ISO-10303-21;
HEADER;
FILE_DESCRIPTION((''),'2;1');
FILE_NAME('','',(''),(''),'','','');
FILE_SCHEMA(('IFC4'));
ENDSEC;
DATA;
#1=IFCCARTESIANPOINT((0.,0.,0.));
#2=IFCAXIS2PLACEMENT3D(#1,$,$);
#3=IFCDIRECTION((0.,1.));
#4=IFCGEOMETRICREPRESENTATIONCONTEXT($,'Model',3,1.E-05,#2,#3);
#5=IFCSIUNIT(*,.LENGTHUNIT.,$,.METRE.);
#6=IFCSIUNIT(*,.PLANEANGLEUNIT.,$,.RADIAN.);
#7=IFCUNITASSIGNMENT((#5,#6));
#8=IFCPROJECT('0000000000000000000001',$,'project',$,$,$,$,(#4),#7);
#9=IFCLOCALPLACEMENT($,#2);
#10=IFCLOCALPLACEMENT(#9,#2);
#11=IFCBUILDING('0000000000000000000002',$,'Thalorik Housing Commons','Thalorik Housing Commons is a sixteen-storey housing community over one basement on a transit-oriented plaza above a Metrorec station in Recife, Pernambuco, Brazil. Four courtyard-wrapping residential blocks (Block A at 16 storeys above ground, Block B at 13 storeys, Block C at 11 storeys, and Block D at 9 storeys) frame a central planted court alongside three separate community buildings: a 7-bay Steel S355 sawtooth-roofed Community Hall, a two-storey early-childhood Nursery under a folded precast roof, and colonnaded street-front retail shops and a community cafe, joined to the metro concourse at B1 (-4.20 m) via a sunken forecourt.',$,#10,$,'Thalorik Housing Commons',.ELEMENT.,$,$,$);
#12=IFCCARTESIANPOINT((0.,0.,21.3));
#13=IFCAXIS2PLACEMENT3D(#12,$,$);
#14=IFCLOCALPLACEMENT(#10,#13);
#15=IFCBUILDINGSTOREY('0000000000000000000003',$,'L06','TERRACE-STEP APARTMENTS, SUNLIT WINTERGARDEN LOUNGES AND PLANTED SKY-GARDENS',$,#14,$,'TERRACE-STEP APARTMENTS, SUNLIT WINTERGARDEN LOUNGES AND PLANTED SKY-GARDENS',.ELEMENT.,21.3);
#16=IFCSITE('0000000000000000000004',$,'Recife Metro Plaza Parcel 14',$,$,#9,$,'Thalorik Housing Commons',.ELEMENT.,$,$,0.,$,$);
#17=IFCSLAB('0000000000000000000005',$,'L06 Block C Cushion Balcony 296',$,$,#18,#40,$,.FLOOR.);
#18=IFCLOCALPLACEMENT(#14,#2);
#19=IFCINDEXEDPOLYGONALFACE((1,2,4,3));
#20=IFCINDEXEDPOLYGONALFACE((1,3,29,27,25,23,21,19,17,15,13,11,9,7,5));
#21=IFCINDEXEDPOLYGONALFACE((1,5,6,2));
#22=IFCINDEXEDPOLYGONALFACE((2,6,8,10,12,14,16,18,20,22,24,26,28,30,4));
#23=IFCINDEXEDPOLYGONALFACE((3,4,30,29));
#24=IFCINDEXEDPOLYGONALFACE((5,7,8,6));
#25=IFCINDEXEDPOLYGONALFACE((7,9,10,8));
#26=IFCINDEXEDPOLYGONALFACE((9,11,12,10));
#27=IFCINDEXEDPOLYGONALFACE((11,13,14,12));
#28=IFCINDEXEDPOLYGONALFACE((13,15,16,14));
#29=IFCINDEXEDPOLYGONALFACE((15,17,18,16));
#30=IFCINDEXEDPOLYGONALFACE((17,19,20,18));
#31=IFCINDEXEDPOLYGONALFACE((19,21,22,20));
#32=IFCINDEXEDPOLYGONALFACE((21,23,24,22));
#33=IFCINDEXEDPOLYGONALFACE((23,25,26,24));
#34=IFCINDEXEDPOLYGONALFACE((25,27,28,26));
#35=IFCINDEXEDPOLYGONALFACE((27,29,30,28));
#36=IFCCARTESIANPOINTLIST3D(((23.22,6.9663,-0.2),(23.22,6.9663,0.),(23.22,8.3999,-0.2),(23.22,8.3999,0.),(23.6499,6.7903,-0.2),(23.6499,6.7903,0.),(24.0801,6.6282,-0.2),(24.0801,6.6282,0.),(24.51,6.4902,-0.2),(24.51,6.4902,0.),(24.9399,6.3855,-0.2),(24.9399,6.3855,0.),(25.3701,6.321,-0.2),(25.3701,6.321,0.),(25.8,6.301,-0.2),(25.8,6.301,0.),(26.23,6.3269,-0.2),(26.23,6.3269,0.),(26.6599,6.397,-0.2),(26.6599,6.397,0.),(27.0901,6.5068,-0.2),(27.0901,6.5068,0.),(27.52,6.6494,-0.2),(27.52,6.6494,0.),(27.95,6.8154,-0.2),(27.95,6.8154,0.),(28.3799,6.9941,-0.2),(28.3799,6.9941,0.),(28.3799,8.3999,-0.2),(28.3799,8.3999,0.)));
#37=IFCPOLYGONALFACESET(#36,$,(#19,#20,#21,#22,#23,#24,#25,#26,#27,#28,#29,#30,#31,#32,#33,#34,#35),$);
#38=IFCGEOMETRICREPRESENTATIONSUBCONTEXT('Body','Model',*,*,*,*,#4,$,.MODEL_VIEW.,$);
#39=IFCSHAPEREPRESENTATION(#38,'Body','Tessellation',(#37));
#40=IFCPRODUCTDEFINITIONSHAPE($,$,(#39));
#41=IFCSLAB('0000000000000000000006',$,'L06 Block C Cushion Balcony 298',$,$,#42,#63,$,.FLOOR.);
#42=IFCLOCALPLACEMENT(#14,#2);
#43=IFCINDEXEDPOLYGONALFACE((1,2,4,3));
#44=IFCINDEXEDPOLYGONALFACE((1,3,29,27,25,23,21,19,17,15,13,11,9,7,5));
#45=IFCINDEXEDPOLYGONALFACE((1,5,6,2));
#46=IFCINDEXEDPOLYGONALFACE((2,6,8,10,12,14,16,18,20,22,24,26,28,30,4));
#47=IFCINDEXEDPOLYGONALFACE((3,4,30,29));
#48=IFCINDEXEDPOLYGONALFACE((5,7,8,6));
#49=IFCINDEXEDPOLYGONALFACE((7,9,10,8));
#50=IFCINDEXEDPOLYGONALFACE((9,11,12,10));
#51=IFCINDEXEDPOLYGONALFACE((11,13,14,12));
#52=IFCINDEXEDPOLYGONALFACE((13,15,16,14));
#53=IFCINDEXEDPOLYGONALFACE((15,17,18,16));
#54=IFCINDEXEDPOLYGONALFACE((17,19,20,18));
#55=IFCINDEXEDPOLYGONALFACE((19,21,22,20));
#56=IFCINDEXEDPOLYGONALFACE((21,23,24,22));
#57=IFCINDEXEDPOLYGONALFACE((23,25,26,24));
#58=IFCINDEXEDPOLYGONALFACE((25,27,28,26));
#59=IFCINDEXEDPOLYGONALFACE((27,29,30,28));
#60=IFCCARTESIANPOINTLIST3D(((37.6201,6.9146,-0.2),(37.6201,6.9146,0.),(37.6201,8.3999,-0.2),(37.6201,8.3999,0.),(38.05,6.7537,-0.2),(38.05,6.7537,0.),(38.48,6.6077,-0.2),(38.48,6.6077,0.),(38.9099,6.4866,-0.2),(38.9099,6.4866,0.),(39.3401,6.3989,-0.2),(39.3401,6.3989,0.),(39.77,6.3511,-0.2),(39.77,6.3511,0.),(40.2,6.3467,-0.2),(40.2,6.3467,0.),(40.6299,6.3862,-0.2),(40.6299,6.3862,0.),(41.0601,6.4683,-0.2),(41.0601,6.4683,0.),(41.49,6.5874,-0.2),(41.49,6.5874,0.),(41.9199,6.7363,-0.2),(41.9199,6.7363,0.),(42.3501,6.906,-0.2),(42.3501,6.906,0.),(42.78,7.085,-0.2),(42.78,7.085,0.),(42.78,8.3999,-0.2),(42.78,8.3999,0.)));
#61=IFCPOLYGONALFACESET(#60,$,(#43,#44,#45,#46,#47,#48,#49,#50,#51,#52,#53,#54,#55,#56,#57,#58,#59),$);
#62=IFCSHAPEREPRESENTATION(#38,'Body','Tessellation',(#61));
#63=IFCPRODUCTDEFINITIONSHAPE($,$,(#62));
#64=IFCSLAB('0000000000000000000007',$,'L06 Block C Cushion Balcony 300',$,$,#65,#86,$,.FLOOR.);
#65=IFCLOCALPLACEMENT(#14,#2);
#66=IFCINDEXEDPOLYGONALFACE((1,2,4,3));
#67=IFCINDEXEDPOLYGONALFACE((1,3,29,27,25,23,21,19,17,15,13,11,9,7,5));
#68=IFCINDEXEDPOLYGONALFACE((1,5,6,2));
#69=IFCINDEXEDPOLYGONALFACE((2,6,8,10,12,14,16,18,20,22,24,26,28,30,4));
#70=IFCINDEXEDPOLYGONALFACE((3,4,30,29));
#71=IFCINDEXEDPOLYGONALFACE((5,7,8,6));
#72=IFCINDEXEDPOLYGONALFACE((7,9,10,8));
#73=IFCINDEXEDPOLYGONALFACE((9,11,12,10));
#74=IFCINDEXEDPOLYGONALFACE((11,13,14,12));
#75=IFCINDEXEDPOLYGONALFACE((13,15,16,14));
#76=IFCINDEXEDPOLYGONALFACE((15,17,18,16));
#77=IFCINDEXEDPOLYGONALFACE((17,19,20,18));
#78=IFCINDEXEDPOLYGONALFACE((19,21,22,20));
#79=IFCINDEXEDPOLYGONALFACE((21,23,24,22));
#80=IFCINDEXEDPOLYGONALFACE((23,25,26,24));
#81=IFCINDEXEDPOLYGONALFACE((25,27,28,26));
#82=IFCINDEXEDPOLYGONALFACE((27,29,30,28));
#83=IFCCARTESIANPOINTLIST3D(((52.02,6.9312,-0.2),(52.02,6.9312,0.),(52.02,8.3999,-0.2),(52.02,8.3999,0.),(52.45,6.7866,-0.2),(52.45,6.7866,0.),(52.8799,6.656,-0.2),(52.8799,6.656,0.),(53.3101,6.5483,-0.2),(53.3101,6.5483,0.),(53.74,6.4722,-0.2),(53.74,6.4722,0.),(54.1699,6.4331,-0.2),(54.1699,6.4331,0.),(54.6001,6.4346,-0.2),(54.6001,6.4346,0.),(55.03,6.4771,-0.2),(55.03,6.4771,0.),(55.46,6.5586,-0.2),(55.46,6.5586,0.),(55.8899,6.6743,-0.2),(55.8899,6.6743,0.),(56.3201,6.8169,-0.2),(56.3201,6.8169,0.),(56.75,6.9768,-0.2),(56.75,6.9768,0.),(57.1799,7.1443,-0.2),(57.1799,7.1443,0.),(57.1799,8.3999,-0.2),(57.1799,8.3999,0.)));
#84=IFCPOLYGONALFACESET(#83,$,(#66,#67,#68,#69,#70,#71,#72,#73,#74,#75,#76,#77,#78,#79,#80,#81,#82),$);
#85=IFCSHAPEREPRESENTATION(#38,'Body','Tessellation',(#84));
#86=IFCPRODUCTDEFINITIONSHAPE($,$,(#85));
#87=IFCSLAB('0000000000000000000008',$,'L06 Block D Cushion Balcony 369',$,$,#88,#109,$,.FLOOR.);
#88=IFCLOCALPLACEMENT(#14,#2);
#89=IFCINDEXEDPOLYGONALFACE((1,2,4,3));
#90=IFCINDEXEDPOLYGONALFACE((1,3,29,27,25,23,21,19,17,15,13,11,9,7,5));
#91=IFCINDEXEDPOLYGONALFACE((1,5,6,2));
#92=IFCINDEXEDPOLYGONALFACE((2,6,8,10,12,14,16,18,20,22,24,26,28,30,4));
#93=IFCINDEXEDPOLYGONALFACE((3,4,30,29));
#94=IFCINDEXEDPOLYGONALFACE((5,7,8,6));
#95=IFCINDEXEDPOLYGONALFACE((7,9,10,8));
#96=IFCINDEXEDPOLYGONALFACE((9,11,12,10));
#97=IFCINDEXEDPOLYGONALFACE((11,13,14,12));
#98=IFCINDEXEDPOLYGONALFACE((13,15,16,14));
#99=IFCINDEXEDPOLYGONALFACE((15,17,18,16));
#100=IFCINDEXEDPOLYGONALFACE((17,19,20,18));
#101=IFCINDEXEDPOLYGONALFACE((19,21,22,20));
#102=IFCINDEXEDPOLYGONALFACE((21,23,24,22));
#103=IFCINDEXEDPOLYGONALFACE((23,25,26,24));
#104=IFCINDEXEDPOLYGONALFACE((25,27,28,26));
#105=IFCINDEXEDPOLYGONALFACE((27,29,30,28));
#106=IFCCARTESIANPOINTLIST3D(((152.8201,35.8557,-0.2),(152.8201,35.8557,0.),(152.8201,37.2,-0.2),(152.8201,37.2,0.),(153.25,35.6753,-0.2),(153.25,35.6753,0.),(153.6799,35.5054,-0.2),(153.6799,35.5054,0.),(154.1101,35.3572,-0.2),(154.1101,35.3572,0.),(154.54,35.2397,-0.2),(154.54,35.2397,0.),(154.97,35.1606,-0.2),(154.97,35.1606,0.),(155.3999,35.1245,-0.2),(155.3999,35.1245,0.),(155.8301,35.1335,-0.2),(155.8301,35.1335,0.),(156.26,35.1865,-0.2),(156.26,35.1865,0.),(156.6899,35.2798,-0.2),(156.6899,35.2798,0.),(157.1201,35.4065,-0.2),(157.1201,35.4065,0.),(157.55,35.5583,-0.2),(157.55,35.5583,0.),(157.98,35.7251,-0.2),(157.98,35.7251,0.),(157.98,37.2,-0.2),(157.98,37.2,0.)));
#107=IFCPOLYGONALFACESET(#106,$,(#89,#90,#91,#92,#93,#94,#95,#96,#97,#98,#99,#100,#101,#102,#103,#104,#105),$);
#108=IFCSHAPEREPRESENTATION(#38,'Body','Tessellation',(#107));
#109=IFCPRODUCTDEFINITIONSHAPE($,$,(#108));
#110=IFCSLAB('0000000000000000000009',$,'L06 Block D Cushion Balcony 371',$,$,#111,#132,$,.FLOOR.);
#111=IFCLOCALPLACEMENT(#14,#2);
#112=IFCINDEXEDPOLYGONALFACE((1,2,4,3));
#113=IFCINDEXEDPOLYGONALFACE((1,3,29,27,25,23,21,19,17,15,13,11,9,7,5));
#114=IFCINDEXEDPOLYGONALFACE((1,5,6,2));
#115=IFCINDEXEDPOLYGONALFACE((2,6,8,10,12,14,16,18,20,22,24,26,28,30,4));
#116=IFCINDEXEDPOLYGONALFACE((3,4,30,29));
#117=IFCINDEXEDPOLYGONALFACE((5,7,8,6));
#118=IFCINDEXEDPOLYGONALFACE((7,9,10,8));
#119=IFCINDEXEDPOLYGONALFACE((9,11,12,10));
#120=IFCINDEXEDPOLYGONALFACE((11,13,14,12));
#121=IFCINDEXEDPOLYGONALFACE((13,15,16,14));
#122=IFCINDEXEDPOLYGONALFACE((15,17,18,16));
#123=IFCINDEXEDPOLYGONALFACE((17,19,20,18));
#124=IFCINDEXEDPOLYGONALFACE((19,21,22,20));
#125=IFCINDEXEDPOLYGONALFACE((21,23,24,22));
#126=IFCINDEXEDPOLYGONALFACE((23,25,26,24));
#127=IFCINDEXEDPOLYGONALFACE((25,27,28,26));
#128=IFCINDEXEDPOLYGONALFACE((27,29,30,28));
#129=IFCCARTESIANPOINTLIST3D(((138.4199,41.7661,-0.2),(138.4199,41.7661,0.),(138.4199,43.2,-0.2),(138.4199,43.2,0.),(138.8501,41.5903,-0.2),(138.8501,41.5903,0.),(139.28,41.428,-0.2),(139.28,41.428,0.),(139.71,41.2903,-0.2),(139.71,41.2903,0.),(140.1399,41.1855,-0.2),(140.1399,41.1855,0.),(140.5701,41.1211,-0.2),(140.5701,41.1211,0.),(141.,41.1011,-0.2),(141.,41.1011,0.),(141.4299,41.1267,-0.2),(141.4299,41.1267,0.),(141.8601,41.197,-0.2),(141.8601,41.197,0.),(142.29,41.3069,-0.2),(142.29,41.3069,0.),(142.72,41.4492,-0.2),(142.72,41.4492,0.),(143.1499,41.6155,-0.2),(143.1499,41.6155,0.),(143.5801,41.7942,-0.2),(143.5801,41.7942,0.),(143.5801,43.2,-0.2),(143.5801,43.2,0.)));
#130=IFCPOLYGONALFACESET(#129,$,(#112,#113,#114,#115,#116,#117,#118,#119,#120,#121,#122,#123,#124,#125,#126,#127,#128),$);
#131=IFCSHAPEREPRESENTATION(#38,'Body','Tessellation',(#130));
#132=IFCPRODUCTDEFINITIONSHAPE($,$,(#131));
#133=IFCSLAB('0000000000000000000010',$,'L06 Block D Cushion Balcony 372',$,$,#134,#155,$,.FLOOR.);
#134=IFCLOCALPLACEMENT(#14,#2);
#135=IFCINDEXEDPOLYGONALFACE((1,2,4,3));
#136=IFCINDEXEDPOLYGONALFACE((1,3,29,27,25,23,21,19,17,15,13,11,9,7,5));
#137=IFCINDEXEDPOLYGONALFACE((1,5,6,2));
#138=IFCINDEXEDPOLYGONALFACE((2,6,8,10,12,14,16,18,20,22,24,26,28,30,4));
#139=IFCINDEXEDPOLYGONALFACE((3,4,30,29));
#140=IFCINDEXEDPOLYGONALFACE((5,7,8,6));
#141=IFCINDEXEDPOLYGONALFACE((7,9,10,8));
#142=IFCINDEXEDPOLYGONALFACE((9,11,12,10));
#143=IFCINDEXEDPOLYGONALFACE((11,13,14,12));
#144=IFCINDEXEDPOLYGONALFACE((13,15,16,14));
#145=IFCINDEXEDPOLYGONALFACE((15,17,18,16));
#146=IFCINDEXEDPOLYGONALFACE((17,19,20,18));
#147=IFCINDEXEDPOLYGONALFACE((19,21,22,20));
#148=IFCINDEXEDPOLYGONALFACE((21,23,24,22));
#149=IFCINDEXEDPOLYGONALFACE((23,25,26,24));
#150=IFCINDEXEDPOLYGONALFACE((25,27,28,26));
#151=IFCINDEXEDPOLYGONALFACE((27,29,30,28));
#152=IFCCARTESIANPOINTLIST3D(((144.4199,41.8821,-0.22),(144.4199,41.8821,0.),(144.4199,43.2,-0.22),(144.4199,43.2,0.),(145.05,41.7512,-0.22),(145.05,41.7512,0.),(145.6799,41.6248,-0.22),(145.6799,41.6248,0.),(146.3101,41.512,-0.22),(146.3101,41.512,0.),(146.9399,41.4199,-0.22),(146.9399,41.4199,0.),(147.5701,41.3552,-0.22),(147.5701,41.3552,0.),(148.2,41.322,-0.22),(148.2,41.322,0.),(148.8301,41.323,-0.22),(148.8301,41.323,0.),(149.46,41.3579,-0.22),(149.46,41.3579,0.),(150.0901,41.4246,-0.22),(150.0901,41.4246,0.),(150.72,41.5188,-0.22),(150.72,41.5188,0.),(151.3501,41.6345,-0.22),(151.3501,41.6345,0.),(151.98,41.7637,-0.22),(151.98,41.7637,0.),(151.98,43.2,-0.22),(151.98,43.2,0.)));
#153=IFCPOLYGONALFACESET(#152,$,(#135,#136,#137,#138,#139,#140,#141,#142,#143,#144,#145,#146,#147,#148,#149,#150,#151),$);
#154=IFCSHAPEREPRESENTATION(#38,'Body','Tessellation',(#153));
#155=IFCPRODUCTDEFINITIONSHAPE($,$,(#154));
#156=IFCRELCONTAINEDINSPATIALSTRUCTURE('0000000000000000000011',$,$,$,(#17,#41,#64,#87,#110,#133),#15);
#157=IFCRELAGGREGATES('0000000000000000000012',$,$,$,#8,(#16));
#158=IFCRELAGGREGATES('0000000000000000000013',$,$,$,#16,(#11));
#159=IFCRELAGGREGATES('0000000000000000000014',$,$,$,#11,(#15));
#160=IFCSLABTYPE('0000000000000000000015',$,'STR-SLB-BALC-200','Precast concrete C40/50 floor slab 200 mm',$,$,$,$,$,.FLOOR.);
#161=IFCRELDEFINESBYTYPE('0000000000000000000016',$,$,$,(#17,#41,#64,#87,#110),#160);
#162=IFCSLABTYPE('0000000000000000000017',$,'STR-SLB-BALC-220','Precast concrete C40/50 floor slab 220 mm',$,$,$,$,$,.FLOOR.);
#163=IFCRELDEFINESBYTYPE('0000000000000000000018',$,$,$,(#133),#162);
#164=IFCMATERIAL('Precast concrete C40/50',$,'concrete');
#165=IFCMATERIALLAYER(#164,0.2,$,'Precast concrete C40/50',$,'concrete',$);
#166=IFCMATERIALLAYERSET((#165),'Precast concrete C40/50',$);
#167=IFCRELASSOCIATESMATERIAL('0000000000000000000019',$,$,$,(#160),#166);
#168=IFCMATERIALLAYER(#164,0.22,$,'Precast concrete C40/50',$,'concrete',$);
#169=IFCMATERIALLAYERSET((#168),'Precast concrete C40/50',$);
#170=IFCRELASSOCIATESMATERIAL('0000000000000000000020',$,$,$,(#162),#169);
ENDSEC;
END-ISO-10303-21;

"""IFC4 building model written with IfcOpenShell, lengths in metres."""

from ifc_helpers import new_model, si_unit, direction, frame, origin, place, context, subcontext, project, spatial, polyline, outline, extrude, material, layer, layer_set, type_object, element, save


model = new_model("IFC4")

# Units and contexts
model_context = context("Model", 3, precision=1e-05, world=origin(), true_north=direction((0.0, 1.0)))
body_context = subcontext(model_context, "Body", "Model", "MODEL_VIEW")
ifc_project = project(units=[si_unit("LENGTHUNIT", "METRE"), si_unit("PLANEANGLEUNIT", "RADIAN")], contexts=[model_context])

# Site, building, storey
site_placement = place(None, origin())
site = spatial("IfcSite", under=ifc_project, at=site_placement, Name="Recife Metro Plaza Parcel 14", LongName="Thalorik Housing Commons", CompositionType="ELEMENT", RefElevation=0.0)
building_placement = place(site_placement, origin())
building = spatial("IfcBuilding", under=site, at=building_placement, Name="Thalorik Housing Commons", Description="Thalorik Housing Commons is a sixteen-storey housing community over one basement on a transit-oriented plaza above a Metrorec station in Recife, Pernambuco, Brazil. Four courtyard-wrapping residential blocks (Block A at 16 storeys above ground, Block B at 13 storeys, Block C at 11 storeys, and Block D at 9 storeys) frame a central planted court alongside three separate community buildings: a 7-bay Steel S355 sawtooth-roofed Community Hall, a two-storey early-childhood Nursery under a folded precast roof, and colonnaded street-front retail shops and a community cafe, joined to the metro concourse at B1 (-4.20 m) via a sunken forecourt.", LongName="Thalorik Housing Commons", CompositionType="ELEMENT")
storey_placement = place(building_placement, frame((0.0, 0.0, 21.3)))
storey = spatial("IfcBuildingStorey", under=building, at=storey_placement, Name="L06", Description="TERRACE-STEP APARTMENTS, SUNLIT WINTERGARDEN LOUNGES AND PLANTED SKY-GARDENS", LongName="TERRACE-STEP APARTMENTS, SUNLIT WINTERGARDEN LOUNGES AND PLANTED SKY-GARDENS", CompositionType="ELEMENT", Elevation=21.3)

# Slabs
ifc_material_1 = material(Name="Precast concrete C40/50", Category="concrete")
ifc_layer_1 = layer(ifc_material_1, 0.2, Name="Precast concrete C40/50", Category="concrete")
ifc_layer_set_1 = layer_set([ifc_layer_1], Name="Precast concrete C40/50")
slab_type_1 = type_object("IfcSlabType", Name="STR-SLB-BALC-200", Description="Precast concrete C40/50 floor slab 200 mm", PredefinedType="FLOOR", material=ifc_layer_set_1)
slab_1_placement = place(storey_placement, frame((0.0, 0.0, -0.2)))
element("IfcSlab", 1, at=slab_1_placement, inside=storey, type_object=slab_type_1, Name="L06 Block C Cushion Balcony 296", PredefinedType="FLOOR", context=body_context, shape_type="SweptSolid", body=[
    extrude(outline(polyline([(23.22, 6.9663), (23.6499, 6.7903), (24.0801, 6.6282), (24.51, 6.4902), (24.9399, 6.3855), (25.3701, 6.321), (25.8, 6.301), (26.23, 6.3269), (26.6599, 6.397), (27.0901, 6.5068), (27.52, 6.6494), (27.95, 6.8154), (28.3799, 6.9941), (28.3799, 8.3999), (23.22, 8.3999), (23.22, 6.9663)])), origin(), (0.0, 0.0, 1.0), 0.2),
])
slab_2_placement = place(storey_placement, frame((0.0, 0.0, -0.2)))
element("IfcSlab", 2, at=slab_2_placement, inside=storey, type_object=slab_type_1, Name="L06 Block C Cushion Balcony 298", PredefinedType="FLOOR", context=body_context, shape_type="SweptSolid", body=[
    extrude(outline(polyline([(37.6201, 6.9146), (38.05, 6.7537), (38.48, 6.6077), (38.9099, 6.4866), (39.3401, 6.3989), (39.77, 6.3511), (40.2, 6.3467), (40.6299, 6.3862), (41.0601, 6.4683), (41.49, 6.5874), (41.9199, 6.7363), (42.3501, 6.906), (42.78, 7.085), (42.78, 8.3999), (37.6201, 8.3999), (37.6201, 6.9146)])), origin(), (0.0, 0.0, 1.0), 0.2),
])
slab_3_placement = place(storey_placement, frame((0.0, 0.0, -0.2)))
element("IfcSlab", 3, at=slab_3_placement, inside=storey, type_object=slab_type_1, Name="L06 Block C Cushion Balcony 300", PredefinedType="FLOOR", context=body_context, shape_type="SweptSolid", body=[
    extrude(outline(polyline([(52.02, 6.9312), (52.45, 6.7866), (52.8799, 6.656), (53.3101, 6.5483), (53.74, 6.4722), (54.1699, 6.4331), (54.6001, 6.4346), (55.03, 6.4771), (55.46, 6.5586), (55.8899, 6.6743), (56.3201, 6.8169), (56.75, 6.9768), (57.1799, 7.1443), (57.1799, 8.3999), (52.02, 8.3999), (52.02, 6.9312)])), origin(), (0.0, 0.0, 1.0), 0.2),
])
slab_4_placement = place(storey_placement, frame((0.0, 0.0, -0.2)))
element("IfcSlab", 4, at=slab_4_placement, inside=storey, type_object=slab_type_1, Name="L06 Block D Cushion Balcony 369", PredefinedType="FLOOR", context=body_context, shape_type="SweptSolid", body=[
    extrude(outline(polyline([(152.8201, 35.8557), (153.25, 35.6753), (153.6799, 35.5054), (154.1101, 35.3572), (154.54, 35.2397), (154.97, 35.1606), (155.3999, 35.1245), (155.8301, 35.1335), (156.26, 35.1865), (156.6899, 35.2798), (157.1201, 35.4065), (157.55, 35.5583), (157.98, 35.7251), (157.98, 37.2), (152.8201, 37.2), (152.8201, 35.8557)])), origin(), (0.0, 0.0, 1.0), 0.2),
])
slab_5_placement = place(storey_placement, frame((0.0, 0.0, -0.2)))
element("IfcSlab", 5, at=slab_5_placement, inside=storey, type_object=slab_type_1, Name="L06 Block D Cushion Balcony 371", PredefinedType="FLOOR", context=body_context, shape_type="SweptSolid", body=[
    extrude(outline(polyline([(138.4199, 41.7661), (138.8501, 41.5903), (139.28, 41.428), (139.71, 41.2903), (140.1399, 41.1855), (140.5701, 41.1211), (141.0, 41.1011), (141.4299, 41.1267), (141.8601, 41.197), (142.29, 41.3069), (142.72, 41.4492), (143.1499, 41.6155), (143.5801, 41.7942), (143.5801, 43.2), (138.4199, 43.2), (138.4199, 41.7661)])), origin(), (0.0, 0.0, 1.0), 0.2),
])
ifc_layer_2 = layer(ifc_material_1, 0.22, Name="Precast concrete C40/50", Category="concrete")
ifc_layer_set_2 = layer_set([ifc_layer_2], Name="Precast concrete C40/50")
slab_type_2 = type_object("IfcSlabType", Name="STR-SLB-BALC-220", Description="Precast concrete C40/50 floor slab 220 mm", PredefinedType="FLOOR", material=ifc_layer_set_2)
slab_6_placement = place(storey_placement, frame((0.0, 0.0, -0.22)))
element("IfcSlab", 6, at=slab_6_placement, inside=storey, type_object=slab_type_2, Name="L06 Block D Cushion Balcony 372", PredefinedType="FLOOR", context=body_context, shape_type="SweptSolid", body=[
    extrude(outline(polyline([(144.4199, 41.8821), (145.05, 41.7512), (145.6799, 41.6248), (146.3101, 41.512), (146.9399, 41.4199), (147.5701, 41.3552), (148.2, 41.322), (148.8301, 41.323), (149.46, 41.3579), (150.0901, 41.4246), (150.72, 41.5188), (151.3501, 41.6345), (151.98, 41.7637), (151.98, 43.2), (144.4199, 43.2), (144.4199, 41.8821)])), origin(), (0.0, 0.0, 1.0), 0.22),
])

save(model, "model.ifc")
